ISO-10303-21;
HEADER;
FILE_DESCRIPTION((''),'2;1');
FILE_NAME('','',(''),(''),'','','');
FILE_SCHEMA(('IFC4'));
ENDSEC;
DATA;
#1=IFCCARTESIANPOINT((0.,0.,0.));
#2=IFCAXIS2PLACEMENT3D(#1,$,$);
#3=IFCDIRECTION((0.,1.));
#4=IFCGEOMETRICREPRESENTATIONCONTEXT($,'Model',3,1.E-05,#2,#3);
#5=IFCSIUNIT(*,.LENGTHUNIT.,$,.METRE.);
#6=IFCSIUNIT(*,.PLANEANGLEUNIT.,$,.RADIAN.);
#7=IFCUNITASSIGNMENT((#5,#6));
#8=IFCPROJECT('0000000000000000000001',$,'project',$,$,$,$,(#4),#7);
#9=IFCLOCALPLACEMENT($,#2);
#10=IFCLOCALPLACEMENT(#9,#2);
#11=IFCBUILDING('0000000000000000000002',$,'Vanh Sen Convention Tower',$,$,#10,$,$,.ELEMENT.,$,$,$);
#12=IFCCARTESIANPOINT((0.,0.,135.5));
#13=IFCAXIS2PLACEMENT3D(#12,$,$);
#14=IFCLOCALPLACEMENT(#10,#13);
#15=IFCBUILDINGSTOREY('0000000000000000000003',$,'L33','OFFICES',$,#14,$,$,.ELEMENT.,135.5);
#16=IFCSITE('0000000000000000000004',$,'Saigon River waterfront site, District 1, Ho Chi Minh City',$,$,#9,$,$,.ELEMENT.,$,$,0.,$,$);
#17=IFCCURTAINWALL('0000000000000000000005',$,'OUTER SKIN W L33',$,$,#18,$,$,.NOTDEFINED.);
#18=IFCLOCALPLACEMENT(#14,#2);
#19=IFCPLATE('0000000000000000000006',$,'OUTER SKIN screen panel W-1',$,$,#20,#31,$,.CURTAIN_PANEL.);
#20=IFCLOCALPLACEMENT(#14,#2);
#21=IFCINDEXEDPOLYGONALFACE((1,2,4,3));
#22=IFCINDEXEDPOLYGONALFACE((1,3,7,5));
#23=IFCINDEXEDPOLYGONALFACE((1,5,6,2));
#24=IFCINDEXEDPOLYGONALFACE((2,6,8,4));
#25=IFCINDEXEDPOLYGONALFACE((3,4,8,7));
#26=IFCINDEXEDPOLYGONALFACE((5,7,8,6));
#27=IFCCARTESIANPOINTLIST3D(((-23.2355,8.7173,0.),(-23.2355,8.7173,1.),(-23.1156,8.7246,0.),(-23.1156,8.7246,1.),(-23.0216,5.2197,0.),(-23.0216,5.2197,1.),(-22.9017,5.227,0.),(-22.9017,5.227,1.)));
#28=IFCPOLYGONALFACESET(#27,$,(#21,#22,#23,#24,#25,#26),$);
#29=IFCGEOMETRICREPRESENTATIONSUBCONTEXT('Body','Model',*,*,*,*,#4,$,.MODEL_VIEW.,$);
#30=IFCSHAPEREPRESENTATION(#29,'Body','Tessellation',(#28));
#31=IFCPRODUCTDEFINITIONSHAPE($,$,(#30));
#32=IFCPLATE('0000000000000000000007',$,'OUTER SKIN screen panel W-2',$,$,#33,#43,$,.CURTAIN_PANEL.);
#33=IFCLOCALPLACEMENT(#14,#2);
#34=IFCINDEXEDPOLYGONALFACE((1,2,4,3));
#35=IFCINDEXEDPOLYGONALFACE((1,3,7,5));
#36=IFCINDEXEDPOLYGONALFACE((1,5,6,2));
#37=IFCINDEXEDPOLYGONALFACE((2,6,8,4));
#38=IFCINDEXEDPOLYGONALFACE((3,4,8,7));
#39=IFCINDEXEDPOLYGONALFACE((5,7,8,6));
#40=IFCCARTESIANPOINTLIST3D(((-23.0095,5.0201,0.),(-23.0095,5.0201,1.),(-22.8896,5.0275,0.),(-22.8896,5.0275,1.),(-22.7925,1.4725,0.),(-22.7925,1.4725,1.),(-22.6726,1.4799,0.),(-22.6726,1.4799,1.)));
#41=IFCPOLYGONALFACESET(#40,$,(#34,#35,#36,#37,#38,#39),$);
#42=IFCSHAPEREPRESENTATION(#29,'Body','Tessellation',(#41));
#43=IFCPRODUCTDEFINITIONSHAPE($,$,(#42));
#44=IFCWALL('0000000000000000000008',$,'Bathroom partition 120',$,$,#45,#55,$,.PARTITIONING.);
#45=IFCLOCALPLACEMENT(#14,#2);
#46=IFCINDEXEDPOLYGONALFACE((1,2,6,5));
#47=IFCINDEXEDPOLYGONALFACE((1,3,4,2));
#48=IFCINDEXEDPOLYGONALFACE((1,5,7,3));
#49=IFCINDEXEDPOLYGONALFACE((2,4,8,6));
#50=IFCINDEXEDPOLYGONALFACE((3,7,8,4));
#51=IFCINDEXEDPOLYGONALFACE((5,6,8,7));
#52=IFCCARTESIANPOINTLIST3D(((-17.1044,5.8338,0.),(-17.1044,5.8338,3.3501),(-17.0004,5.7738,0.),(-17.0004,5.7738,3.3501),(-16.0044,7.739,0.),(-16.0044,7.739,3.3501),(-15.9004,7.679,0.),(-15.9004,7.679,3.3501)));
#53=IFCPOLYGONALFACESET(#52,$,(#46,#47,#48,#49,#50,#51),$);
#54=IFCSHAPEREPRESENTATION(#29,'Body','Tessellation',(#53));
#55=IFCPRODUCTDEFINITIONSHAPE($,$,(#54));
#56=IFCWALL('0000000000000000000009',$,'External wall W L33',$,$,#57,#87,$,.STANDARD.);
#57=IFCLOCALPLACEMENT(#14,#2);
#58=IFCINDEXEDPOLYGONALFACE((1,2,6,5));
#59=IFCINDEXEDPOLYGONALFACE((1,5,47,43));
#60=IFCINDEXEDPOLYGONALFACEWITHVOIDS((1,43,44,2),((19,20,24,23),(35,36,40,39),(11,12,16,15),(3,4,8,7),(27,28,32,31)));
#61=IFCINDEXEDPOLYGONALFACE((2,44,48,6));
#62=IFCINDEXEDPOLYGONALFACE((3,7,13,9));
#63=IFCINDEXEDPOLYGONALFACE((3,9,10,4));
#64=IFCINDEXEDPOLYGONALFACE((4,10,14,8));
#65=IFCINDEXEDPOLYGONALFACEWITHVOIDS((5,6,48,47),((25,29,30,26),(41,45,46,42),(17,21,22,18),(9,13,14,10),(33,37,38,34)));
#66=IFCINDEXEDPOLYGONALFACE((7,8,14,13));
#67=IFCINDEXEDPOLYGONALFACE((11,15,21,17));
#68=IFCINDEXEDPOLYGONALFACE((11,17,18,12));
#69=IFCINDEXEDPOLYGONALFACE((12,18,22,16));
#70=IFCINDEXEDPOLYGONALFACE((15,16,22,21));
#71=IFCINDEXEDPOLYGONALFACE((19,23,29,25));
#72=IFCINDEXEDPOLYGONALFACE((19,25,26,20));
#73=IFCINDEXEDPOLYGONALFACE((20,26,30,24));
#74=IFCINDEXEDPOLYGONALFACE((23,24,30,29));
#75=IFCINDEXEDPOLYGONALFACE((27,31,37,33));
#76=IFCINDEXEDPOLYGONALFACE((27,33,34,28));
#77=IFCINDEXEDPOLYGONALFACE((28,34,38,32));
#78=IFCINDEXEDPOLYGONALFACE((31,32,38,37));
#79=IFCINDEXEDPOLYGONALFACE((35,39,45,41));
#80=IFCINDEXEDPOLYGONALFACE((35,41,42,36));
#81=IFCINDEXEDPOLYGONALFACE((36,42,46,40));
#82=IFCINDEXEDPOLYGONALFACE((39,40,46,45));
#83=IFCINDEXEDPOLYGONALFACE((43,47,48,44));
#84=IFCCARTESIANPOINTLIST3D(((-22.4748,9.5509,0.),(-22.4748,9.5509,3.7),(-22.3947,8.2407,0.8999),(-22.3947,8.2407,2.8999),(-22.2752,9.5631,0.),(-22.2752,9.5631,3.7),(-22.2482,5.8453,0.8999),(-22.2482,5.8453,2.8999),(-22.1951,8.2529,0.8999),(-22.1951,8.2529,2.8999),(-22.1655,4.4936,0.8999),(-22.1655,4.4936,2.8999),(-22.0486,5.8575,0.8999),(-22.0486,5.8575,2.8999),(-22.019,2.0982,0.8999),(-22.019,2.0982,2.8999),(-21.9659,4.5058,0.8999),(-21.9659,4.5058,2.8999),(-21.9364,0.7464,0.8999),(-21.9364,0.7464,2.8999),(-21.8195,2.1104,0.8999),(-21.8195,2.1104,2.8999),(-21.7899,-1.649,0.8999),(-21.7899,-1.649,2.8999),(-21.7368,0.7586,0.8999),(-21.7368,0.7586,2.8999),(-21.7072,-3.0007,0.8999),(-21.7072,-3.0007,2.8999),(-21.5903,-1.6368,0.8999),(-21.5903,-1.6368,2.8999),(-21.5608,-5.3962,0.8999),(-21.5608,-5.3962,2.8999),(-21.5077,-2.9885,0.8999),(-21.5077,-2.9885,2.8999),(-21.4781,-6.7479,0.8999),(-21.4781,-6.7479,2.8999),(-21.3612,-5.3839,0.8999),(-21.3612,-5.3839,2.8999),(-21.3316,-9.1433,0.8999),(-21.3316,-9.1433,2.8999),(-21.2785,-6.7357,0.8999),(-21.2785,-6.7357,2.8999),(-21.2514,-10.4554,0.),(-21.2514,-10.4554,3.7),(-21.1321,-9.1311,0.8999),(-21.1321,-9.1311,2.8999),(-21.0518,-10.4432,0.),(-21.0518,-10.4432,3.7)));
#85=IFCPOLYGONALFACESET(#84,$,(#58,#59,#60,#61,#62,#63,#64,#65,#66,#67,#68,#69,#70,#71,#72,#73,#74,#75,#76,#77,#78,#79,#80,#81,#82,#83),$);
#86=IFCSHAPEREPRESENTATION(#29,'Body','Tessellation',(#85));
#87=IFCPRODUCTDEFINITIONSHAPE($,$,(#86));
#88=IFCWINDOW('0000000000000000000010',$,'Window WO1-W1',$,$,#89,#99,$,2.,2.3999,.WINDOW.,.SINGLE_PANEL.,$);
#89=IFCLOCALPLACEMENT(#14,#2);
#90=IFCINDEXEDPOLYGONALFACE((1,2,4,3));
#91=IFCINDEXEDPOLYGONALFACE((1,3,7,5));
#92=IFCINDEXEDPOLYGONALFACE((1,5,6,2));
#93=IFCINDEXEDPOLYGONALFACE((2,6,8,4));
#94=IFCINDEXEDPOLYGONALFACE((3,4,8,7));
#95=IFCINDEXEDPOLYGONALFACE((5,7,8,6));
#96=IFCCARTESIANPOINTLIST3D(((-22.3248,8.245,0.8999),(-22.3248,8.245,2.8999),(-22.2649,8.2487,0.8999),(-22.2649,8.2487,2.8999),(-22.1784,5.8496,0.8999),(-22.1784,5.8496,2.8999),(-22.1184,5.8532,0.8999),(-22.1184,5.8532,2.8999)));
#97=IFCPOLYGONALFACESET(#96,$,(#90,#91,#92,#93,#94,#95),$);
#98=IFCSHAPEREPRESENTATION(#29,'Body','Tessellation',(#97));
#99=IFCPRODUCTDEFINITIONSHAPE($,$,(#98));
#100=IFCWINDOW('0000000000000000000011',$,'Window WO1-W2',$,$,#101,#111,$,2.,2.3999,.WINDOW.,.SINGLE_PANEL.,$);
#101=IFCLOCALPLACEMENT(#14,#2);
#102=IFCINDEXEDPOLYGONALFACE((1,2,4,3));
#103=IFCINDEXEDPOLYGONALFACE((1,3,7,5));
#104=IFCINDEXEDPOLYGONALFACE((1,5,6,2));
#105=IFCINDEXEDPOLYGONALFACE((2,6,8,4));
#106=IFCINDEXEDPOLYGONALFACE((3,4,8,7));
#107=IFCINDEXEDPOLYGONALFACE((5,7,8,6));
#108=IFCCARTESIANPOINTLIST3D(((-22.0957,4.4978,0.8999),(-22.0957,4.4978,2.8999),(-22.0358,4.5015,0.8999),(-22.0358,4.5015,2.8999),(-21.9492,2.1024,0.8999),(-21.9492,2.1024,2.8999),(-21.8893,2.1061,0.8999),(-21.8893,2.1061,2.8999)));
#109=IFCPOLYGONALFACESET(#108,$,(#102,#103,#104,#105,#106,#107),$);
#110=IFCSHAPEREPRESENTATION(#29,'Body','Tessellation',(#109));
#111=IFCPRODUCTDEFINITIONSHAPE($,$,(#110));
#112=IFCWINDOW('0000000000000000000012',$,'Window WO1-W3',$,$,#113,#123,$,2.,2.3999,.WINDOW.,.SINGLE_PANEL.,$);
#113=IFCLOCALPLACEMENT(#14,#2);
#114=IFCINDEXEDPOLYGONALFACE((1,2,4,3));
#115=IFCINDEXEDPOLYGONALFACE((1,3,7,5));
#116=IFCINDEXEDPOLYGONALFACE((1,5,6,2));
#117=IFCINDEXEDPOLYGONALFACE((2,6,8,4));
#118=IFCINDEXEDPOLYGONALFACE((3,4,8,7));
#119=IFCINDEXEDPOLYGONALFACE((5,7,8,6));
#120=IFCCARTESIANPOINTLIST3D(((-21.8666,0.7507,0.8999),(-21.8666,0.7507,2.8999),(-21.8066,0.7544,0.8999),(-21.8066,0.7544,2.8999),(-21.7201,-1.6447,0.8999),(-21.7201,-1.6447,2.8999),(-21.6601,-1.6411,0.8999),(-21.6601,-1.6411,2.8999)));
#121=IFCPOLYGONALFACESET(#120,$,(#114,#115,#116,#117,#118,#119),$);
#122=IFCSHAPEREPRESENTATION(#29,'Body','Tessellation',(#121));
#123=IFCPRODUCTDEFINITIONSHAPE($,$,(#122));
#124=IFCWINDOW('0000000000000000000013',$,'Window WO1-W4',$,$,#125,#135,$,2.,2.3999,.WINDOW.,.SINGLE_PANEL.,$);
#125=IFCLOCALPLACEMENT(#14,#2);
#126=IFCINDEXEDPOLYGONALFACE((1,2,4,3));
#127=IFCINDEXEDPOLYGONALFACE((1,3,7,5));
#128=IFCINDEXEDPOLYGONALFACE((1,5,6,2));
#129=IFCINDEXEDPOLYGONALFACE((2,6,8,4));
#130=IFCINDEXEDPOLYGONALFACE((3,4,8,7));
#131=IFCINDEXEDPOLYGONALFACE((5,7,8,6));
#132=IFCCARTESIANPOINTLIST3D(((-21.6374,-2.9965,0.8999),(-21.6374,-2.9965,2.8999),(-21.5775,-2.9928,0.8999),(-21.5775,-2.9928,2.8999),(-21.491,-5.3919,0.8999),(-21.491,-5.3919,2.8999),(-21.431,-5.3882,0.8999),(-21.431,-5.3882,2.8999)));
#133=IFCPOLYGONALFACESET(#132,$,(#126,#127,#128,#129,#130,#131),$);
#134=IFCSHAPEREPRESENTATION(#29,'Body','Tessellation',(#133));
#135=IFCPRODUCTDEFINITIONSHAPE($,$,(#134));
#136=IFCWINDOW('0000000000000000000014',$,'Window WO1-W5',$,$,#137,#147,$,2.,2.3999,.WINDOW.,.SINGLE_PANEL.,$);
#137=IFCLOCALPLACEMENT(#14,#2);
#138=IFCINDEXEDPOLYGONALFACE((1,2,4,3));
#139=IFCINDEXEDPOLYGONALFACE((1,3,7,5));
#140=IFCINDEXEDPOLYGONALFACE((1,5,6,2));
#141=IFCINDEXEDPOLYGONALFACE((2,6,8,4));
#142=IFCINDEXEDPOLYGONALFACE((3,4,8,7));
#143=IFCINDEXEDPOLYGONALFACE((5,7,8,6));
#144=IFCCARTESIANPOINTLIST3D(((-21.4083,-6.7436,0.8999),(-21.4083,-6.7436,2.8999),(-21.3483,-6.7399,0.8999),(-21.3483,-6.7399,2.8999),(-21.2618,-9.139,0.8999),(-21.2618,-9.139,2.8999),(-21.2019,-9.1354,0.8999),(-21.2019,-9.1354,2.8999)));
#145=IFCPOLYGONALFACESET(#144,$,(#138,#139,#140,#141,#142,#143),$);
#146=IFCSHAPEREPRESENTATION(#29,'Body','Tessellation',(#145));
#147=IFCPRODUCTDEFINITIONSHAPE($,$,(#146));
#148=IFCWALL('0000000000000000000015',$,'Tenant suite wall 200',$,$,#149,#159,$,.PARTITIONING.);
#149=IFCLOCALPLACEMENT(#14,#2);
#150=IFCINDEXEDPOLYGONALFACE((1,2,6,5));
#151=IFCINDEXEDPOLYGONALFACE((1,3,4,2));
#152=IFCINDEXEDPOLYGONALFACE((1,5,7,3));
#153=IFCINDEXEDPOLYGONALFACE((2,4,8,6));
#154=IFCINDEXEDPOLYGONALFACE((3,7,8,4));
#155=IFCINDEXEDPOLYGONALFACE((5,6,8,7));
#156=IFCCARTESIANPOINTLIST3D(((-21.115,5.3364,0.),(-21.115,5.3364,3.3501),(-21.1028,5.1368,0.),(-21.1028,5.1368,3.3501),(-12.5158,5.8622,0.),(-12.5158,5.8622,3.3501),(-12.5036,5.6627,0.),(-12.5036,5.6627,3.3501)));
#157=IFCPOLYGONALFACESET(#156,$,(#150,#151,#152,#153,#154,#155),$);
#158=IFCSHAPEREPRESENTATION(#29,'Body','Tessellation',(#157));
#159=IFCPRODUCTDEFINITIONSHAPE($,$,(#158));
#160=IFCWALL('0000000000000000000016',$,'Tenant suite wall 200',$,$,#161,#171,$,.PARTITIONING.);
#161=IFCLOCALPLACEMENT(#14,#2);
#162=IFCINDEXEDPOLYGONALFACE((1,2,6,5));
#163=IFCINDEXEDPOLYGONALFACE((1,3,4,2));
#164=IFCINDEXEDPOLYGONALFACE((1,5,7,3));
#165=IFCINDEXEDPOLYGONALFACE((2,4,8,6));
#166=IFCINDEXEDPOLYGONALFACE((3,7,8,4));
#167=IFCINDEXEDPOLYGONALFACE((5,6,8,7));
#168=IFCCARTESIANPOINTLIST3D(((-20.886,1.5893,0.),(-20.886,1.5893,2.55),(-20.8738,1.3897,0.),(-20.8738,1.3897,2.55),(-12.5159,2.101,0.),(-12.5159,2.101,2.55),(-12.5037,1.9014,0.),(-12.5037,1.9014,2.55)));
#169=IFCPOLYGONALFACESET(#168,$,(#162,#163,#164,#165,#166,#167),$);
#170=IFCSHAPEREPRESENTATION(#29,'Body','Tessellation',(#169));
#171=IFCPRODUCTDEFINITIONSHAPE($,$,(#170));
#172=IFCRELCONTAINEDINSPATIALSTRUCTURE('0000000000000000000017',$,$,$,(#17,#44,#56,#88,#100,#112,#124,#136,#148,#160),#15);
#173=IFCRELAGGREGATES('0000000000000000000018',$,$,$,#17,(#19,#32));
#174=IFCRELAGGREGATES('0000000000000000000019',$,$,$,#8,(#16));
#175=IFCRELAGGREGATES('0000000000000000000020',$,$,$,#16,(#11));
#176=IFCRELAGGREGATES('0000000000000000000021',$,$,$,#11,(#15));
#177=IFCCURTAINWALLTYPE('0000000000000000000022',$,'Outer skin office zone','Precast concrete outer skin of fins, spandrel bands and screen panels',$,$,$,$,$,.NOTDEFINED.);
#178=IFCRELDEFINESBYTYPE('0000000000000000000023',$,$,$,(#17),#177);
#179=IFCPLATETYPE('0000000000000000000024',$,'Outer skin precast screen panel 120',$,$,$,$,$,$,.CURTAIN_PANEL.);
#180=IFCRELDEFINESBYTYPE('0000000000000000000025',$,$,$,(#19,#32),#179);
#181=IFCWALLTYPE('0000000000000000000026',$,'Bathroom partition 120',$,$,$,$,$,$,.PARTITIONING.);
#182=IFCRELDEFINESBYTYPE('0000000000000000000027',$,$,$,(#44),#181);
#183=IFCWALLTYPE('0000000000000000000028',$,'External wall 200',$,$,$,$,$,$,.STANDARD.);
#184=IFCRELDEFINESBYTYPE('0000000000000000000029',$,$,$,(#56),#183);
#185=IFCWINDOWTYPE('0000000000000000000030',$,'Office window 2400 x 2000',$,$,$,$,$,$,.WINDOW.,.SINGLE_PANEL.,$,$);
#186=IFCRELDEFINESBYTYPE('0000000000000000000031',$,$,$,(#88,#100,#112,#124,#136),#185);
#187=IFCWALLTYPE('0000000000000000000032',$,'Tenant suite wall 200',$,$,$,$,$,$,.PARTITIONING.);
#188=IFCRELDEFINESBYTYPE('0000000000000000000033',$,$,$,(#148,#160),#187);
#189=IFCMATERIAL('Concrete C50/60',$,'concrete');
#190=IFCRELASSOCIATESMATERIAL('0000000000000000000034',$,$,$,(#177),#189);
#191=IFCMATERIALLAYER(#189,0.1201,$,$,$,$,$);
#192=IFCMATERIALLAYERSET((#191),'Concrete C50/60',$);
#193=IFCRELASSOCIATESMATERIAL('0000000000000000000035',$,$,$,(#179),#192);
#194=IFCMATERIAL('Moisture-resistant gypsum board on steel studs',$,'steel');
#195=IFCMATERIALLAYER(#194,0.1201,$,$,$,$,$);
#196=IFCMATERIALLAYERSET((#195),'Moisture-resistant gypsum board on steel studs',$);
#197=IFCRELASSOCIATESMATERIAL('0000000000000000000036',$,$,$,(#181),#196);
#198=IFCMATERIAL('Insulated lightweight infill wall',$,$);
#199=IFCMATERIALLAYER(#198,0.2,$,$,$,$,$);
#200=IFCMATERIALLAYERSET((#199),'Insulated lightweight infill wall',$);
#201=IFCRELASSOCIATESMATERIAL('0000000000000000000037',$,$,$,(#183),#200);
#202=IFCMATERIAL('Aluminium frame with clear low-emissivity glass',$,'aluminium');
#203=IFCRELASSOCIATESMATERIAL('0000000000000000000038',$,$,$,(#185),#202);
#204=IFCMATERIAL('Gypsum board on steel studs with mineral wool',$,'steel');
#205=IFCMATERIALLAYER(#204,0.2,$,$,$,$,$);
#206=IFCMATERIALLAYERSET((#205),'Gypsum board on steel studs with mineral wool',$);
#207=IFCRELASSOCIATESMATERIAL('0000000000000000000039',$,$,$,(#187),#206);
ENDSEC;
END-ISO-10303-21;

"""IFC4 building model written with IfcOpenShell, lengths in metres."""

from ifc_helpers import new_model, si_unit, direction, frame, frame_2d, origin, origin_2d, place, context, subcontext, project, spatial, rectangle, extrude, material, layer, layer_set, type_object, element, fill, aggregate, save


model = new_model("IFC4")

# Units and contexts
model_context = context("Model", 3, precision=1e-05, world=origin(), true_north=direction((0.0, 1.0)))
body_context = subcontext(model_context, "Body", "Model", "MODEL_VIEW")
ifc_project = project(units=[si_unit("LENGTHUNIT", "METRE"), si_unit("PLANEANGLEUNIT", "RADIAN")], contexts=[model_context])

# Site, building, storey
site_placement = place(None, origin())
site = spatial("IfcSite", under=ifc_project, at=site_placement, Name="Saigon River waterfront site, District 1, Ho Chi Minh City", CompositionType="ELEMENT", RefElevation=0.0)
building_placement = place(site_placement, origin())
building = spatial("IfcBuilding", under=site, at=building_placement, Name="Vanh Sen Convention Tower", CompositionType="ELEMENT")
storey_placement = place(building_placement, frame((0.0, 0.0, 135.5)))
storey = spatial("IfcBuildingStorey", under=building, at=storey_placement, Name="L33", Description="OFFICES", CompositionType="ELEMENT", Elevation=135.5)

# Curtain wall
ifc_material_1 = material(Name="Concrete C50/60", Category="concrete")
curtain_wall_type = type_object("IfcCurtainWallType", Name="Outer skin office zone", Description="Precast concrete outer skin of fins, spandrel bands and screen panels", PredefinedType="NOTDEFINED", material=ifc_material_1)
curtain_wall_1_placement = place(storey_placement, origin())
curtain_wall_1 = element("IfcCurtainWall", 1, at=curtain_wall_1_placement, inside=storey, type_object=curtain_wall_type, Name="OUTER SKIN W L33", PredefinedType="NOTDEFINED")

# Shared definitions
ifc_layer_1 = layer(ifc_material_1, 0.1201)
ifc_layer_set_1 = layer_set([ifc_layer_1], Name="Concrete C50/60")
plate_type = type_object("IfcPlateType", Name="Outer skin precast screen panel 120", PredefinedType="CURTAIN_PANEL", material=ifc_layer_set_1)

# Plates
plate_1_placement = place(storey_placement, frame((-23.0686, 6.9722, 0.0), z_axis=(0.0, 0.0, 1.0), x_axis=(0.061054, -0.998134, 0.0)))
plate_1 = element("IfcPlate", 2, at=plate_1_placement, type_object=plate_type, Name="OUTER SKIN screen panel W-1", PredefinedType="CURTAIN_PANEL", context=body_context, shape_type="SweptSolid", body=[
    extrude(rectangle(XDim=3.5042, YDim=0.1201, at=origin_2d()), origin(), (0.0, 0.0, 1.0), 1.0),
])
plate_2_placement = place(storey_placement, frame((-22.8411, 3.25, 0.0), z_axis=(0.0, 0.0, 1.0), x_axis=(0.061052, -0.998135, 0.0)))
plate_2 = element("IfcPlate", 3, at=plate_2_placement, type_object=plate_type, Name="OUTER SKIN screen panel W-2", PredefinedType="CURTAIN_PANEL", context=body_context, shape_type="SweptSolid", body=[
    extrude(rectangle(XDim=3.5542, YDim=0.1201, at=origin_2d()), origin(), (0.0, 0.0, 1.0), 1.0),
])
aggregate(curtain_wall_1, [plate_1, plate_2])

# Wall
ifc_material_2 = material(Name="Moisture-resistant gypsum board on steel studs", Category="steel")
ifc_layer_2 = layer(ifc_material_2, 0.1201)
ifc_layer_set_2 = layer_set([ifc_layer_2], Name="Moisture-resistant gypsum board on steel studs")
wall_type_1 = type_object("IfcWallType", Name="Bathroom partition 120", PredefinedType="PARTITIONING", material=ifc_layer_set_2)
wall_1_placement = place(storey_placement, frame((-17.0525, 5.8037, 0.0), z_axis=(0.0, 0.0, 1.0), x_axis=(0.50003, 0.866008, 0.0)))
element("IfcWall", 4, at=wall_1_placement, inside=storey, type_object=wall_type_1, Name="Bathroom partition 120", PredefinedType="PARTITIONING", context=body_context, shape_type="SweptSolid", body=[
    extrude(rectangle(XDim=2.2, YDim=0.1201, at=frame_2d((1.1001, 0.0))), origin(), (0.0, 0.0, 1.0), 3.3501),
])

# Wall, openings, windows
ifc_material_3 = material(Name="Insulated lightweight infill wall")
ifc_layer_3 = layer(ifc_material_3, 0.2)
ifc_layer_set_3 = layer_set([ifc_layer_3], Name="Insulated lightweight infill wall")
wall_type_2 = type_object("IfcWallType", Name="External wall 200", PredefinedType="STANDARD", material=ifc_layer_set_3)
wall_2_placement = place(storey_placement, frame((-22.375, 9.5571, 0.0), z_axis=(0.0, 0.0, 1.0), x_axis=(0.061036, -0.998136, 0.0)))
wall_2 = element("IfcWall", 5, at=wall_2_placement, inside=storey, type_object=wall_type_2, Name="External wall W L33", PredefinedType="STANDARD", context=body_context, shape_type="SweptSolid", body=[
    extrude(rectangle(XDim=20.0437, YDim=0.2, at=frame_2d((10.022, 0.0))), origin(), (0.0, 0.0, 1.0), 3.7),
])
opening_1_placement = place(wall_2_placement, frame((1.3127, 0.0, 0.8999)))
opening_1 = element("IfcOpeningElement", 6, at=opening_1_placement, cuts=wall_2, PredefinedType="OPENING", context=body_context, shape_type="SweptSolid", body=[
    extrude(rectangle(XDim=2.3999, YDim=2.0, at=frame_2d((1.2, 1.0))), frame((0.0, 0.1099, 0.0), z_axis=(0.0, -1.0, 0.0), x_axis=(1.0, 0.0, 0.0)), (0.0, 0.0, 1.0), 0.22),
])
opening_2_placement = place(wall_2_placement, frame((5.0669, 0.0, 0.8999)))
opening_2 = element("IfcOpeningElement", 7, at=opening_2_placement, cuts=wall_2, PredefinedType="OPENING", context=body_context, shape_type="SweptSolid", body=[
    extrude(rectangle(XDim=2.3999, YDim=2.0, at=frame_2d((1.2, 1.0))), frame((0.0, 0.1099, 0.0), z_axis=(0.0, -1.0, 0.0), x_axis=(1.0, 0.0, 0.0)), (0.0, 0.0, 1.0), 0.22),
])
opening_3_placement = place(wall_2_placement, frame((8.821, 0.0, 0.8999)))
opening_3 = element("IfcOpeningElement", 8, at=opening_3_placement, cuts=wall_2, PredefinedType="OPENING", context=body_context, shape_type="SweptSolid", body=[
    extrude(rectangle(XDim=2.3999, YDim=2.0, at=frame_2d((1.2, 1.0))), frame((0.0, 0.1099, 0.0), z_axis=(0.0, -1.0, 0.0), x_axis=(1.0, 0.0, 0.0)), (0.0, 0.0, 1.0), 0.22),
])
opening_4_placement = place(wall_2_placement, frame((12.5752, 0.0, 0.8999)))
opening_4 = element("IfcOpeningElement", 9, at=opening_4_placement, cuts=wall_2, PredefinedType="OPENING", context=body_context, shape_type="SweptSolid", body=[
    extrude(rectangle(XDim=2.3999, YDim=2.0, at=frame_2d((1.2, 1.0))), frame((0.0, 0.1099, 0.0), z_axis=(0.0, -1.0, 0.0), x_axis=(1.0, 0.0, 0.0)), (0.0, 0.0, 1.0), 0.22),
])
opening_5_placement = place(wall_2_placement, frame((16.3293, 0.0, 0.8999)))
opening_5 = element("IfcOpeningElement", 10, at=opening_5_placement, cuts=wall_2, PredefinedType="OPENING", context=body_context, shape_type="SweptSolid", body=[
    extrude(rectangle(XDim=2.3999, YDim=2.0, at=frame_2d((1.2, 1.0))), frame((0.0, 0.1099, 0.0), z_axis=(0.0, -1.0, 0.0), x_axis=(1.0, 0.0, 0.0)), (0.0, 0.0, 1.0), 0.22),
])
ifc_material_4 = material(Name="Aluminium frame with clear low-emissivity glass", Category="aluminium")
window_type = type_object("IfcWindowType", Name="Office window 2400 x 2000", PartitioningType="SINGLE_PANEL", PredefinedType="WINDOW", material=ifc_material_4)
window_1_placement = place(opening_1_placement, origin())
window_1 = element("IfcWindow", 11, at=window_1_placement, inside=storey, type_object=window_type, Name="Window WO1-W1", OverallHeight=2.0, OverallWidth=2.3999, PartitioningType="SINGLE_PANEL", PredefinedType="WINDOW", context=body_context, shape_type="SweptSolid", body=[
    extrude(rectangle(XDim=2.3999, YDim=2.0, at=frame_2d((1.2, 1.0))), frame((0.0, 0.03, 0.0), z_axis=(0.0, -1.0, 0.0), x_axis=(1.0, 0.0, 0.0)), (0.0, 0.0, 1.0), 0.0601),
])
fill(opening_1, window_1)
window_2_placement = place(opening_2_placement, origin())
window_2 = element("IfcWindow", 12, at=window_2_placement, inside=storey, type_object=window_type, Name="Window WO1-W2", OverallHeight=2.0, OverallWidth=2.3999, PartitioningType="SINGLE_PANEL", PredefinedType="WINDOW", context=body_context, shape_type="SweptSolid", body=[
    extrude(rectangle(XDim=2.3999, YDim=2.0, at=frame_2d((1.2, 1.0))), frame((0.0, 0.03, 0.0), z_axis=(0.0, -1.0, 0.0), x_axis=(1.0, 0.0, 0.0)), (0.0, 0.0, 1.0), 0.0601),
])
fill(opening_2, window_2)
window_3_placement = place(opening_3_placement, origin())
window_3 = element("IfcWindow", 13, at=window_3_placement, inside=storey, type_object=window_type, Name="Window WO1-W3", OverallHeight=2.0, OverallWidth=2.3999, PartitioningType="SINGLE_PANEL", PredefinedType="WINDOW", context=body_context, shape_type="SweptSolid", body=[
    extrude(rectangle(XDim=2.3999, YDim=2.0, at=frame_2d((1.2, 1.0))), frame((0.0, 0.03, 0.0), z_axis=(0.0, -1.0, 0.0), x_axis=(1.0, 0.0, 0.0)), (0.0, 0.0, 1.0), 0.0601),
])
fill(opening_3, window_3)
window_4_placement = place(opening_4_placement, origin())
window_4 = element("IfcWindow", 14, at=window_4_placement, inside=storey, type_object=window_type, Name="Window WO1-W4", OverallHeight=2.0, OverallWidth=2.3999, PartitioningType="SINGLE_PANEL", PredefinedType="WINDOW", context=body_context, shape_type="SweptSolid", body=[
    extrude(rectangle(XDim=2.3999, YDim=2.0, at=frame_2d((1.2, 1.0))), frame((0.0, 0.03, 0.0), z_axis=(0.0, -1.0, 0.0), x_axis=(1.0, 0.0, 0.0)), (0.0, 0.0, 1.0), 0.0601),
])
fill(opening_4, window_4)
window_5_placement = place(opening_5_placement, origin())
window_5 = element("IfcWindow", 15, at=window_5_placement, inside=storey, type_object=window_type, Name="Window WO1-W5", OverallHeight=2.0, OverallWidth=2.3999, PartitioningType="SINGLE_PANEL", PredefinedType="WINDOW", context=body_context, shape_type="SweptSolid", body=[
    extrude(rectangle(XDim=2.3999, YDim=2.0, at=frame_2d((1.2, 1.0))), frame((0.0, 0.03, 0.0), z_axis=(0.0, -1.0, 0.0), x_axis=(1.0, 0.0, 0.0)), (0.0, 0.0, 1.0), 0.0601),
])
fill(opening_5, window_5)

# Walls
ifc_material_5 = material(Name="Gypsum board on steel studs with mineral wool", Category="steel")
ifc_layer_4 = layer(ifc_material_5, 0.2)
ifc_layer_set_4 = layer_set([ifc_layer_4], Name="Gypsum board on steel studs with mineral wool")
wall_type_3 = type_object("IfcWallType", Name="Tenant suite wall 200", PredefinedType="PARTITIONING", material=ifc_layer_set_4)
wall_3_placement = place(storey_placement, frame((-21.1089, 5.2366, 0.0), z_axis=(0.0, 0.0, 1.0), x_axis=(0.998135, 0.061041, 0.0)))
element("IfcWall", 16, at=wall_3_placement, inside=storey, type_object=wall_type_3, Name="Tenant suite wall 200", PredefinedType="PARTITIONING", context=body_context, shape_type="SweptSolid", body=[
    extrude(rectangle(XDim=8.6152, YDim=0.2, at=frame_2d((4.3076, 0.0))), origin(), (0.0, 0.0, 1.0), 3.3501),
])
wall_4_placement = place(storey_placement, frame((-20.8799, 1.4895, 0.0), z_axis=(0.0, 0.0, 1.0), x_axis=(0.998136, 0.061022, 0.0)))
element("IfcWall", 17, at=wall_4_placement, inside=storey, type_object=wall_type_3, Name="Tenant suite wall 200", PredefinedType="PARTITIONING", context=body_context, shape_type="SweptSolid", body=[
    extrude(rectangle(XDim=8.3857, YDim=0.2, at=frame_2d((4.1929, 0.0))), origin(), (0.0, 0.0, 1.0), 2.55),
])

save(model, "model.ifc")
